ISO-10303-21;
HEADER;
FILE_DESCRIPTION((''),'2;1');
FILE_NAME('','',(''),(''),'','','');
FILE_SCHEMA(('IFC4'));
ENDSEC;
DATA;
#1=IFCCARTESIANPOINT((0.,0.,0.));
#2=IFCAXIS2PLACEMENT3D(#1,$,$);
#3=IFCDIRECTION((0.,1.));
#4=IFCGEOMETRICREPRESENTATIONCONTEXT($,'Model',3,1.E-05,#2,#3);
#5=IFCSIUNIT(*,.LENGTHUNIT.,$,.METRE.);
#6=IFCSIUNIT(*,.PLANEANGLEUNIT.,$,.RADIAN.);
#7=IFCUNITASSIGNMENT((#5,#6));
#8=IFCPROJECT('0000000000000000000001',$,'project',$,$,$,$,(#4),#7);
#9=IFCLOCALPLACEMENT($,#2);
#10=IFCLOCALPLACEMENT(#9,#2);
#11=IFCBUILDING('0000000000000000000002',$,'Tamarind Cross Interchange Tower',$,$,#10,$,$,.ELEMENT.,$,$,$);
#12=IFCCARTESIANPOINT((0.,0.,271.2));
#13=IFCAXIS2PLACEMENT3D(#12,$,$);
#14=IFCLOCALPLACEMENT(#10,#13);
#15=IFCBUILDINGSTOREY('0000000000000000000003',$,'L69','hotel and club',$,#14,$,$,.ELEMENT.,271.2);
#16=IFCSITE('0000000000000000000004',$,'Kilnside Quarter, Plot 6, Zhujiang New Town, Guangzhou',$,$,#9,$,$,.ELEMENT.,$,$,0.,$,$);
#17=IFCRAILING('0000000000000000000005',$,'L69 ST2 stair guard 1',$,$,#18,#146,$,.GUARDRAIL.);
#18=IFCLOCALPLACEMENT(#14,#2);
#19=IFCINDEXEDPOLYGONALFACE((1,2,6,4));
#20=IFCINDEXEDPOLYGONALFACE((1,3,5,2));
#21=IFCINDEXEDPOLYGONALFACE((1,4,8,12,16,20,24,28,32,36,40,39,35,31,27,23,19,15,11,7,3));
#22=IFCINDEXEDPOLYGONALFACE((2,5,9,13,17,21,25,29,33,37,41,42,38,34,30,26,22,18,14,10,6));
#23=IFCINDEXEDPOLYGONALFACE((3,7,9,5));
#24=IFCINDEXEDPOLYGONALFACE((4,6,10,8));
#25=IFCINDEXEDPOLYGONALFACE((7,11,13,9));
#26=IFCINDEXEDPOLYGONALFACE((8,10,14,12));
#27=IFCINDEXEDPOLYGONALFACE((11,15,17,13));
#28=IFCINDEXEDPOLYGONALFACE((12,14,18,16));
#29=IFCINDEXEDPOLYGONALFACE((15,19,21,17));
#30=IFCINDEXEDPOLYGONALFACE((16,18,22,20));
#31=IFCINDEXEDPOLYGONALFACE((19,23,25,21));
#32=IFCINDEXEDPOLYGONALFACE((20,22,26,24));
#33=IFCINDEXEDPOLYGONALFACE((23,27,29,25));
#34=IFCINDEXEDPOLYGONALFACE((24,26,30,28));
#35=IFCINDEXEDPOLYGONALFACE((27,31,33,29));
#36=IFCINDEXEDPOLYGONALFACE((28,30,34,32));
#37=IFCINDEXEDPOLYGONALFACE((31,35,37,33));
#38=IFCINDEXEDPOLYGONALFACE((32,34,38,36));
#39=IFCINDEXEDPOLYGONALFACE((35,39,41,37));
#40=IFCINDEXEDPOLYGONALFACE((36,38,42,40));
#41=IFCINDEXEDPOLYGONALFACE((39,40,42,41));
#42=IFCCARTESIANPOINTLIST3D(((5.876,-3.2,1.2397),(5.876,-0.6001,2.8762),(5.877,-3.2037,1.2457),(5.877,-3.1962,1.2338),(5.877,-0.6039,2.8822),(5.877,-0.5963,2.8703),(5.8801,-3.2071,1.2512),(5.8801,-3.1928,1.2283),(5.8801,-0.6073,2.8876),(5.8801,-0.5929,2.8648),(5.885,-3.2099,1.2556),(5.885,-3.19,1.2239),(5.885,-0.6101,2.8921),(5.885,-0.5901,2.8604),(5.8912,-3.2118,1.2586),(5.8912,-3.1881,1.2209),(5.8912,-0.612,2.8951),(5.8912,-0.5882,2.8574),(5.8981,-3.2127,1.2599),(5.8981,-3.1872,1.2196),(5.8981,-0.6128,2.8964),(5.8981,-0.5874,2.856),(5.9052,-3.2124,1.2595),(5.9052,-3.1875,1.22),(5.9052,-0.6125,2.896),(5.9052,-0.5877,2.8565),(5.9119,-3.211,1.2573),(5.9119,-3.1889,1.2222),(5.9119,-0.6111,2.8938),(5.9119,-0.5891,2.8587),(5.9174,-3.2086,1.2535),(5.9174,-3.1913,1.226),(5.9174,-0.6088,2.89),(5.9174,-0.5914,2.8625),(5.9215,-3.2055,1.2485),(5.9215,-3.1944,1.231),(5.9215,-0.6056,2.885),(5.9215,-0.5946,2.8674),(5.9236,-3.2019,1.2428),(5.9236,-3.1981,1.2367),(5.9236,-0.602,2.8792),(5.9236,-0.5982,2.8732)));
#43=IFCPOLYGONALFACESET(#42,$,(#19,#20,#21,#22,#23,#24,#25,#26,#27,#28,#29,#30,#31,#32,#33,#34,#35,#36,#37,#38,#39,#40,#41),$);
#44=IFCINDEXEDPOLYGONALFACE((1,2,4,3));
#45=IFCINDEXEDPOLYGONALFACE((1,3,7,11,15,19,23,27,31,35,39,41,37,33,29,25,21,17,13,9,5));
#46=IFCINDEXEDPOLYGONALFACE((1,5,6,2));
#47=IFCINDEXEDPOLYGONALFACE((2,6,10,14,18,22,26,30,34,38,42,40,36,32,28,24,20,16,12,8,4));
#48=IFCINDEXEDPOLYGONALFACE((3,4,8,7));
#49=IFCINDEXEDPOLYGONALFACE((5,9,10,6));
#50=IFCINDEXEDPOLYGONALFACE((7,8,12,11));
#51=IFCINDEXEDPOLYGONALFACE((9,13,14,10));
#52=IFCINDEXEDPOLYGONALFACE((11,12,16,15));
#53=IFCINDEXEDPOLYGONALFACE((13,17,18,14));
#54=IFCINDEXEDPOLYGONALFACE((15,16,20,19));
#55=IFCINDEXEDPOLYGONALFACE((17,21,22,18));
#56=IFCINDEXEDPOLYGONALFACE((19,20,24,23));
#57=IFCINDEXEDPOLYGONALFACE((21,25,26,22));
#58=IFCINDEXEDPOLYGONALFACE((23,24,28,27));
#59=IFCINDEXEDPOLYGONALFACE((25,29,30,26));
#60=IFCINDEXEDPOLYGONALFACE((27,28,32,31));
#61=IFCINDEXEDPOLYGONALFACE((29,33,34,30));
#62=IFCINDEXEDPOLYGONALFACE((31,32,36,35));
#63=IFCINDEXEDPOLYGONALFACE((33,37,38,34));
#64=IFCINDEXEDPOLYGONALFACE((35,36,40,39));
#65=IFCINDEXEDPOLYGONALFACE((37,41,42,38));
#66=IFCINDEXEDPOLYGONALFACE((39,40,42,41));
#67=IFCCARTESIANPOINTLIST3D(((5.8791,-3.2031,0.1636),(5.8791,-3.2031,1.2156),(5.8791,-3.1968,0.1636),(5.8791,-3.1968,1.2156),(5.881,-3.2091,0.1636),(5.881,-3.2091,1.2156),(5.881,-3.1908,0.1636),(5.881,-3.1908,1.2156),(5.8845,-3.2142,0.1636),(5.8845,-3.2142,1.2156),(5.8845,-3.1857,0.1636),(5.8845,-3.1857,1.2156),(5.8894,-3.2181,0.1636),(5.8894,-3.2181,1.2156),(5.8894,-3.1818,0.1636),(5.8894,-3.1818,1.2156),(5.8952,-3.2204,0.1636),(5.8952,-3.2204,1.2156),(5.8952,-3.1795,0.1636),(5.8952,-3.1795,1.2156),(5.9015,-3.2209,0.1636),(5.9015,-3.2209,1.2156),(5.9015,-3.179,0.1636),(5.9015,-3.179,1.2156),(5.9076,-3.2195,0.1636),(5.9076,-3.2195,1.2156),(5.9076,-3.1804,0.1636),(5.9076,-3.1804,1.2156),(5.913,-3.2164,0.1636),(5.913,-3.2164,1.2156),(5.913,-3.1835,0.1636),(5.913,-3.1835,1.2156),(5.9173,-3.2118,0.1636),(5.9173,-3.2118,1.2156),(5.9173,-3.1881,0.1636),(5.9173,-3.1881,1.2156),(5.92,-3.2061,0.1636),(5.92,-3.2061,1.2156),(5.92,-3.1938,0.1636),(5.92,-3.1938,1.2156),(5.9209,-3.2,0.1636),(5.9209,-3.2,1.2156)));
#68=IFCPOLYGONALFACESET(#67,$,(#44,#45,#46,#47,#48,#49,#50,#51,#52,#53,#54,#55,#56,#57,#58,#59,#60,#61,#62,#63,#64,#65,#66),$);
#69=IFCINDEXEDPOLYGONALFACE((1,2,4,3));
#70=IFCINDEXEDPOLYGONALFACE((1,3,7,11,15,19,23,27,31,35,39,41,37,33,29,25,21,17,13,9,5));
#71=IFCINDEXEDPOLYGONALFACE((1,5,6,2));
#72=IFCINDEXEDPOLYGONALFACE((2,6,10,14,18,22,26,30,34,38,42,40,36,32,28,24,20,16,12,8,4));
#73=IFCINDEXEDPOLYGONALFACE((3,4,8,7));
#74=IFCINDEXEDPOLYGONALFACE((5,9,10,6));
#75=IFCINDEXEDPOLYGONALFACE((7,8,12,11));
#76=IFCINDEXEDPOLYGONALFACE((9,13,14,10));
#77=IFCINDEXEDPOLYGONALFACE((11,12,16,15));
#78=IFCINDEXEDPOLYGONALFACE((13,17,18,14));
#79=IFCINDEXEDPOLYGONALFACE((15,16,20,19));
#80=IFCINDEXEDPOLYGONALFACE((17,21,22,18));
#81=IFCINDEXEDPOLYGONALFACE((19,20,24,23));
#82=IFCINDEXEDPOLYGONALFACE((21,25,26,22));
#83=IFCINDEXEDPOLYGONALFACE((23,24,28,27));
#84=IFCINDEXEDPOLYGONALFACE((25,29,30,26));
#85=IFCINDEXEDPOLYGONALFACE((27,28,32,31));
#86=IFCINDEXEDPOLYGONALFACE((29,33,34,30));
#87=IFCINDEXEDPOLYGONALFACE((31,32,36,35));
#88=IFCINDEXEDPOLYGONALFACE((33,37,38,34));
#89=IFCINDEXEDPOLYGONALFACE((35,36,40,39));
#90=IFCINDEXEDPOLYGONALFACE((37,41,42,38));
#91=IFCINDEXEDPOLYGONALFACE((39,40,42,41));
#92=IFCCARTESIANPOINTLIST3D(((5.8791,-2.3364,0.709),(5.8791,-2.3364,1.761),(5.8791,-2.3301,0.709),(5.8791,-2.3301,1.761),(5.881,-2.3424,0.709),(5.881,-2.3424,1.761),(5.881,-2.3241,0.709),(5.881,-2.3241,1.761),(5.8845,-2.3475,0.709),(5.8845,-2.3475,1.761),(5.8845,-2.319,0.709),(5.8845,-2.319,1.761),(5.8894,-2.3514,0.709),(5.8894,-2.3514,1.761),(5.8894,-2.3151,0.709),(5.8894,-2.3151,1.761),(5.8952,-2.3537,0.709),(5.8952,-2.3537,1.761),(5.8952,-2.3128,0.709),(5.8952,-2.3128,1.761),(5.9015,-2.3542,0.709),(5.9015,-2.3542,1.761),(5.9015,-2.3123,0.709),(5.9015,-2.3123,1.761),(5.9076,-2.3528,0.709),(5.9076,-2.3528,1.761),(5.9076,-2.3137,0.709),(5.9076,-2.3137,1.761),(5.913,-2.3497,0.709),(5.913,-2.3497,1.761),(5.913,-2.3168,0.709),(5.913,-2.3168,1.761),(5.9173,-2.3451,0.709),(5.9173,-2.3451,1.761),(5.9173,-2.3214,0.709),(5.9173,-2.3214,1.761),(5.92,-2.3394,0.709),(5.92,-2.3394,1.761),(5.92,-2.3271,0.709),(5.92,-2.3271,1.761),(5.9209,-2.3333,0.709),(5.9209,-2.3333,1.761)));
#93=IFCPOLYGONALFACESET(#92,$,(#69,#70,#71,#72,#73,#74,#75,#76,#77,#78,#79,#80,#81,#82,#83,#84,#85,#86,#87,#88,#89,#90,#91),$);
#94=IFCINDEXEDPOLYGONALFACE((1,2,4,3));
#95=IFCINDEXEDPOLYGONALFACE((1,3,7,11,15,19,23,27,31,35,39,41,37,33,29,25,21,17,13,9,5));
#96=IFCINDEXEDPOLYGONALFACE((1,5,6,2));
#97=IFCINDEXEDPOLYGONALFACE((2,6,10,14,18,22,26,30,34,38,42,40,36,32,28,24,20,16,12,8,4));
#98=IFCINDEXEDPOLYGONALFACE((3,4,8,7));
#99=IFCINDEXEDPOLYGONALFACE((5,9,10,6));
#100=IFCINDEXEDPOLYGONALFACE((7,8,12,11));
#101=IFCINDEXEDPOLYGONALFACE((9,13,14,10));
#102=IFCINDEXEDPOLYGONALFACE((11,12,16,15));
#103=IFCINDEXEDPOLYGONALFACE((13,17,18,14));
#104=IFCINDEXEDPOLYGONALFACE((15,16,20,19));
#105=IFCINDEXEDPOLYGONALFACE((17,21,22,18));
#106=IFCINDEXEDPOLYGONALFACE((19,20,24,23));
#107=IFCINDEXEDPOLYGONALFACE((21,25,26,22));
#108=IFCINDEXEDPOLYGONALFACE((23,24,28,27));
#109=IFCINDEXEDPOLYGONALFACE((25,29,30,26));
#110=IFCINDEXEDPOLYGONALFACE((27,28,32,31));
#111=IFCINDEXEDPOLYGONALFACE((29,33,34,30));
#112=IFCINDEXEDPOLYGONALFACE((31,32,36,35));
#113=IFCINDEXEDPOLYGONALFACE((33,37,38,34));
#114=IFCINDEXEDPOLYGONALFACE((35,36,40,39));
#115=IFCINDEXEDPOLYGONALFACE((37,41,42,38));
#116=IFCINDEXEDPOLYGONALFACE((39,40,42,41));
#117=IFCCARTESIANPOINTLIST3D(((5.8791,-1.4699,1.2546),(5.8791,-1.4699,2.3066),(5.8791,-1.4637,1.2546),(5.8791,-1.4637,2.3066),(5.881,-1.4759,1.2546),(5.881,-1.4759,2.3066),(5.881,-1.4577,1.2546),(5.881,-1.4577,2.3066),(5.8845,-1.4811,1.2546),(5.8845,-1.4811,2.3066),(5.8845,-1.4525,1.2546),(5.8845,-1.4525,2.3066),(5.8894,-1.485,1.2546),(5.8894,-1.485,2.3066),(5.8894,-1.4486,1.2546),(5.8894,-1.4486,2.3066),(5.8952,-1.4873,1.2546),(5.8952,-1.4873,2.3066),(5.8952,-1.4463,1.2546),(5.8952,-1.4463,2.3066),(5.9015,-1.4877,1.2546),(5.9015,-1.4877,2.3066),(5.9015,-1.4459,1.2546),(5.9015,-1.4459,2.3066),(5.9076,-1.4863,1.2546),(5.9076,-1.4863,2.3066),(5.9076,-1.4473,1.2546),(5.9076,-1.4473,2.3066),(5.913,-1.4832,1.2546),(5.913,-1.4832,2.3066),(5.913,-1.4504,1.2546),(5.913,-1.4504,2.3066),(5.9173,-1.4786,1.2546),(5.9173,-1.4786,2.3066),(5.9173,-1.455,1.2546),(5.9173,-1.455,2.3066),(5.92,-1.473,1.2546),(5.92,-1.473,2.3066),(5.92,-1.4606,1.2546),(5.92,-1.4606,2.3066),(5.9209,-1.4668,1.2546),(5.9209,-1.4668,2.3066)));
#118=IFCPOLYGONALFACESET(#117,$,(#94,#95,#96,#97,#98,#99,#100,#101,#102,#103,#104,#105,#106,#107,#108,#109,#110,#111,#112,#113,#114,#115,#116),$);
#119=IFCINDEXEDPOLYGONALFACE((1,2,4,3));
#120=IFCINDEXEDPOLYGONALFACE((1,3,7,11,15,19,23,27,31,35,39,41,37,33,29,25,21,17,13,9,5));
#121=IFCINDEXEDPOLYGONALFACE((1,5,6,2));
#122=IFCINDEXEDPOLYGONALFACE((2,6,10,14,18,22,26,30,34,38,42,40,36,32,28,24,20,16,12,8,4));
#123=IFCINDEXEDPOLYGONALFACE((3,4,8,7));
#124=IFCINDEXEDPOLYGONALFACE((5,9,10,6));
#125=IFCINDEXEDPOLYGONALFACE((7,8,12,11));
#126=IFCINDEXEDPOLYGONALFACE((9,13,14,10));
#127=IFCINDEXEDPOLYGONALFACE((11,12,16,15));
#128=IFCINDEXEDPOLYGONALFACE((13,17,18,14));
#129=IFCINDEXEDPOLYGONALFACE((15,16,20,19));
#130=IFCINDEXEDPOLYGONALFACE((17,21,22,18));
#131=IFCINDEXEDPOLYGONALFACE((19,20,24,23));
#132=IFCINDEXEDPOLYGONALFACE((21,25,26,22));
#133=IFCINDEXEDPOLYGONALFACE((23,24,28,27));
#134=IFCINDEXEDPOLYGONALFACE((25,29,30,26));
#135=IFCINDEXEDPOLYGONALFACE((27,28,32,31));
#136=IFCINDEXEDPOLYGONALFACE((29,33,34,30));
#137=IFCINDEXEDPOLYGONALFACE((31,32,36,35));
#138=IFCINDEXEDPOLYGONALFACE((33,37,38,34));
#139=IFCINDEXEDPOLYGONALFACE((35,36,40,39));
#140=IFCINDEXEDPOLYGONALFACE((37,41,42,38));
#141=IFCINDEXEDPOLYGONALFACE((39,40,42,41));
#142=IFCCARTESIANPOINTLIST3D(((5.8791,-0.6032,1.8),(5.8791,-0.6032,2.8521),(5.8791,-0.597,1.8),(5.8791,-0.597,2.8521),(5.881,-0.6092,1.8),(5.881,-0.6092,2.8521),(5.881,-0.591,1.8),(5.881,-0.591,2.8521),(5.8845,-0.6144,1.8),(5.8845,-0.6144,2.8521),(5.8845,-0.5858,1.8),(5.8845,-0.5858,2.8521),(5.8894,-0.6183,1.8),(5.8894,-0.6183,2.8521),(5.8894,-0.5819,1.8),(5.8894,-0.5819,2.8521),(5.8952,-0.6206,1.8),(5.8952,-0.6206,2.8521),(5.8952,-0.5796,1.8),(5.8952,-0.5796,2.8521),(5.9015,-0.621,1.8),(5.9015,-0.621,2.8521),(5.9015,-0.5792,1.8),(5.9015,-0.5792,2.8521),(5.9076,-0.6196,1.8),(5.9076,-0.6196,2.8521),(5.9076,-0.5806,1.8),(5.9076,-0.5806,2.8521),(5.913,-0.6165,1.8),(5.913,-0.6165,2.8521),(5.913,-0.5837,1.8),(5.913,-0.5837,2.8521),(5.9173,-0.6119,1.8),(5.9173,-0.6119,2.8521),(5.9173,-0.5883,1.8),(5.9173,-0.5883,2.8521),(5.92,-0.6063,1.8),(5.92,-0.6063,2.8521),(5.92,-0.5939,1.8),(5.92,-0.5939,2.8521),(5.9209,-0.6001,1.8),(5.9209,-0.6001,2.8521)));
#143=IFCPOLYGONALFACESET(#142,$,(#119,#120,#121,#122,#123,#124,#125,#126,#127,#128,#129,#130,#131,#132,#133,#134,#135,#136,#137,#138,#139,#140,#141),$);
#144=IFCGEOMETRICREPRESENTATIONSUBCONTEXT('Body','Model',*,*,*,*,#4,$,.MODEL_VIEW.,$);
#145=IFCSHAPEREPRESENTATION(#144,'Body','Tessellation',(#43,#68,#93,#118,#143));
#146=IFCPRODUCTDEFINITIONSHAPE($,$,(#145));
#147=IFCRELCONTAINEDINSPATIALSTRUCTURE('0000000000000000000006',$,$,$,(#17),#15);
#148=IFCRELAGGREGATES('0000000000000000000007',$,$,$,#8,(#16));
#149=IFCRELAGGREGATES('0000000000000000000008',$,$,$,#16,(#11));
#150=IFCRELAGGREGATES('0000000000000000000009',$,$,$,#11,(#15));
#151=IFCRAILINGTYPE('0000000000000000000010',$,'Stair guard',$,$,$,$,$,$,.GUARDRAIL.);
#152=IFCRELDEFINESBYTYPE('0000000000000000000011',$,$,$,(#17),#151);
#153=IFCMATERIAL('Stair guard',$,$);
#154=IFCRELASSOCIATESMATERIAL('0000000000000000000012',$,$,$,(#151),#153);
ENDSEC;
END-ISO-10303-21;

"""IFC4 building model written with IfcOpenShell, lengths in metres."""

from ifc_helpers import new_model, si_unit, direction, frame, origin, origin_2d, place, context, subcontext, project, spatial, circle, extrude, material, type_object, element, save


model = new_model("IFC4")

# Units and contexts
model_context = context("Model", 3, precision=1e-05, world=origin(), true_north=direction((0.0, 1.0)))
body_context = subcontext(model_context, "Body", "Model", "MODEL_VIEW")
ifc_project = project(units=[si_unit("LENGTHUNIT", "METRE"), si_unit("PLANEANGLEUNIT", "RADIAN")], contexts=[model_context])

# Site, building, storey
site_placement = place(None, origin())
site = spatial("IfcSite", under=ifc_project, at=site_placement, Name="Kilnside Quarter, Plot 6, Zhujiang New Town, Guangzhou", CompositionType="ELEMENT", RefElevation=0.0)
building_placement = place(site_placement, origin())
building = spatial("IfcBuilding", under=site, at=building_placement, Name="Tamarind Cross Interchange Tower", CompositionType="ELEMENT")
storey_placement = place(building_placement, frame((0.0, 0.0, 271.2)))
storey = spatial("IfcBuildingStorey", under=building, at=storey_placement, Name="L69", Description="hotel and club", CompositionType="ELEMENT", Elevation=271.2)

# Railing
ifc_material_1 = material(Name="Stair guard")
railing_type_1 = type_object("IfcRailingType", Name="Stair guard", PredefinedType="GUARDRAIL", material=ifc_material_1)
railing_1_placement = place(storey_placement, frame((5.8999, -3.2, 0.1636)))
element("IfcRailing", 1, at=railing_1_placement, inside=storey, type_object=railing_type_1, Name="L69 ST2 stair guard 1", PredefinedType="GUARDRAIL", context=body_context, shape_type="SweptSolid", body=[
    extrude(circle(Radius=0.0239, at=origin_2d()), frame((0.0, 0.0, 1.0762), z_axis=(0.0, 0.846302, 0.532704), x_axis=(-1.0, 0.0, 0.0)), (0.0, 0.0, 1.0), 3.072),
    extrude(circle(Radius=0.021, at=origin_2d()), origin(), (0.0, 0.0, 1.0), 1.052),
    extrude(circle(Radius=0.021, at=origin_2d()), frame((0.0, 0.8667, 0.5454)), (0.0, 0.0, 1.0), 1.052),
    extrude(circle(Radius=0.021, at=origin_2d()), frame((0.0, 1.7332, 1.0911)), (0.0, 0.0, 1.0), 1.052),
    extrude(circle(Radius=0.021, at=origin_2d()), frame((0.0, 2.5999, 1.6365)), (0.0, 0.0, 1.0), 1.052),
])

save(model, "model.ifc")
